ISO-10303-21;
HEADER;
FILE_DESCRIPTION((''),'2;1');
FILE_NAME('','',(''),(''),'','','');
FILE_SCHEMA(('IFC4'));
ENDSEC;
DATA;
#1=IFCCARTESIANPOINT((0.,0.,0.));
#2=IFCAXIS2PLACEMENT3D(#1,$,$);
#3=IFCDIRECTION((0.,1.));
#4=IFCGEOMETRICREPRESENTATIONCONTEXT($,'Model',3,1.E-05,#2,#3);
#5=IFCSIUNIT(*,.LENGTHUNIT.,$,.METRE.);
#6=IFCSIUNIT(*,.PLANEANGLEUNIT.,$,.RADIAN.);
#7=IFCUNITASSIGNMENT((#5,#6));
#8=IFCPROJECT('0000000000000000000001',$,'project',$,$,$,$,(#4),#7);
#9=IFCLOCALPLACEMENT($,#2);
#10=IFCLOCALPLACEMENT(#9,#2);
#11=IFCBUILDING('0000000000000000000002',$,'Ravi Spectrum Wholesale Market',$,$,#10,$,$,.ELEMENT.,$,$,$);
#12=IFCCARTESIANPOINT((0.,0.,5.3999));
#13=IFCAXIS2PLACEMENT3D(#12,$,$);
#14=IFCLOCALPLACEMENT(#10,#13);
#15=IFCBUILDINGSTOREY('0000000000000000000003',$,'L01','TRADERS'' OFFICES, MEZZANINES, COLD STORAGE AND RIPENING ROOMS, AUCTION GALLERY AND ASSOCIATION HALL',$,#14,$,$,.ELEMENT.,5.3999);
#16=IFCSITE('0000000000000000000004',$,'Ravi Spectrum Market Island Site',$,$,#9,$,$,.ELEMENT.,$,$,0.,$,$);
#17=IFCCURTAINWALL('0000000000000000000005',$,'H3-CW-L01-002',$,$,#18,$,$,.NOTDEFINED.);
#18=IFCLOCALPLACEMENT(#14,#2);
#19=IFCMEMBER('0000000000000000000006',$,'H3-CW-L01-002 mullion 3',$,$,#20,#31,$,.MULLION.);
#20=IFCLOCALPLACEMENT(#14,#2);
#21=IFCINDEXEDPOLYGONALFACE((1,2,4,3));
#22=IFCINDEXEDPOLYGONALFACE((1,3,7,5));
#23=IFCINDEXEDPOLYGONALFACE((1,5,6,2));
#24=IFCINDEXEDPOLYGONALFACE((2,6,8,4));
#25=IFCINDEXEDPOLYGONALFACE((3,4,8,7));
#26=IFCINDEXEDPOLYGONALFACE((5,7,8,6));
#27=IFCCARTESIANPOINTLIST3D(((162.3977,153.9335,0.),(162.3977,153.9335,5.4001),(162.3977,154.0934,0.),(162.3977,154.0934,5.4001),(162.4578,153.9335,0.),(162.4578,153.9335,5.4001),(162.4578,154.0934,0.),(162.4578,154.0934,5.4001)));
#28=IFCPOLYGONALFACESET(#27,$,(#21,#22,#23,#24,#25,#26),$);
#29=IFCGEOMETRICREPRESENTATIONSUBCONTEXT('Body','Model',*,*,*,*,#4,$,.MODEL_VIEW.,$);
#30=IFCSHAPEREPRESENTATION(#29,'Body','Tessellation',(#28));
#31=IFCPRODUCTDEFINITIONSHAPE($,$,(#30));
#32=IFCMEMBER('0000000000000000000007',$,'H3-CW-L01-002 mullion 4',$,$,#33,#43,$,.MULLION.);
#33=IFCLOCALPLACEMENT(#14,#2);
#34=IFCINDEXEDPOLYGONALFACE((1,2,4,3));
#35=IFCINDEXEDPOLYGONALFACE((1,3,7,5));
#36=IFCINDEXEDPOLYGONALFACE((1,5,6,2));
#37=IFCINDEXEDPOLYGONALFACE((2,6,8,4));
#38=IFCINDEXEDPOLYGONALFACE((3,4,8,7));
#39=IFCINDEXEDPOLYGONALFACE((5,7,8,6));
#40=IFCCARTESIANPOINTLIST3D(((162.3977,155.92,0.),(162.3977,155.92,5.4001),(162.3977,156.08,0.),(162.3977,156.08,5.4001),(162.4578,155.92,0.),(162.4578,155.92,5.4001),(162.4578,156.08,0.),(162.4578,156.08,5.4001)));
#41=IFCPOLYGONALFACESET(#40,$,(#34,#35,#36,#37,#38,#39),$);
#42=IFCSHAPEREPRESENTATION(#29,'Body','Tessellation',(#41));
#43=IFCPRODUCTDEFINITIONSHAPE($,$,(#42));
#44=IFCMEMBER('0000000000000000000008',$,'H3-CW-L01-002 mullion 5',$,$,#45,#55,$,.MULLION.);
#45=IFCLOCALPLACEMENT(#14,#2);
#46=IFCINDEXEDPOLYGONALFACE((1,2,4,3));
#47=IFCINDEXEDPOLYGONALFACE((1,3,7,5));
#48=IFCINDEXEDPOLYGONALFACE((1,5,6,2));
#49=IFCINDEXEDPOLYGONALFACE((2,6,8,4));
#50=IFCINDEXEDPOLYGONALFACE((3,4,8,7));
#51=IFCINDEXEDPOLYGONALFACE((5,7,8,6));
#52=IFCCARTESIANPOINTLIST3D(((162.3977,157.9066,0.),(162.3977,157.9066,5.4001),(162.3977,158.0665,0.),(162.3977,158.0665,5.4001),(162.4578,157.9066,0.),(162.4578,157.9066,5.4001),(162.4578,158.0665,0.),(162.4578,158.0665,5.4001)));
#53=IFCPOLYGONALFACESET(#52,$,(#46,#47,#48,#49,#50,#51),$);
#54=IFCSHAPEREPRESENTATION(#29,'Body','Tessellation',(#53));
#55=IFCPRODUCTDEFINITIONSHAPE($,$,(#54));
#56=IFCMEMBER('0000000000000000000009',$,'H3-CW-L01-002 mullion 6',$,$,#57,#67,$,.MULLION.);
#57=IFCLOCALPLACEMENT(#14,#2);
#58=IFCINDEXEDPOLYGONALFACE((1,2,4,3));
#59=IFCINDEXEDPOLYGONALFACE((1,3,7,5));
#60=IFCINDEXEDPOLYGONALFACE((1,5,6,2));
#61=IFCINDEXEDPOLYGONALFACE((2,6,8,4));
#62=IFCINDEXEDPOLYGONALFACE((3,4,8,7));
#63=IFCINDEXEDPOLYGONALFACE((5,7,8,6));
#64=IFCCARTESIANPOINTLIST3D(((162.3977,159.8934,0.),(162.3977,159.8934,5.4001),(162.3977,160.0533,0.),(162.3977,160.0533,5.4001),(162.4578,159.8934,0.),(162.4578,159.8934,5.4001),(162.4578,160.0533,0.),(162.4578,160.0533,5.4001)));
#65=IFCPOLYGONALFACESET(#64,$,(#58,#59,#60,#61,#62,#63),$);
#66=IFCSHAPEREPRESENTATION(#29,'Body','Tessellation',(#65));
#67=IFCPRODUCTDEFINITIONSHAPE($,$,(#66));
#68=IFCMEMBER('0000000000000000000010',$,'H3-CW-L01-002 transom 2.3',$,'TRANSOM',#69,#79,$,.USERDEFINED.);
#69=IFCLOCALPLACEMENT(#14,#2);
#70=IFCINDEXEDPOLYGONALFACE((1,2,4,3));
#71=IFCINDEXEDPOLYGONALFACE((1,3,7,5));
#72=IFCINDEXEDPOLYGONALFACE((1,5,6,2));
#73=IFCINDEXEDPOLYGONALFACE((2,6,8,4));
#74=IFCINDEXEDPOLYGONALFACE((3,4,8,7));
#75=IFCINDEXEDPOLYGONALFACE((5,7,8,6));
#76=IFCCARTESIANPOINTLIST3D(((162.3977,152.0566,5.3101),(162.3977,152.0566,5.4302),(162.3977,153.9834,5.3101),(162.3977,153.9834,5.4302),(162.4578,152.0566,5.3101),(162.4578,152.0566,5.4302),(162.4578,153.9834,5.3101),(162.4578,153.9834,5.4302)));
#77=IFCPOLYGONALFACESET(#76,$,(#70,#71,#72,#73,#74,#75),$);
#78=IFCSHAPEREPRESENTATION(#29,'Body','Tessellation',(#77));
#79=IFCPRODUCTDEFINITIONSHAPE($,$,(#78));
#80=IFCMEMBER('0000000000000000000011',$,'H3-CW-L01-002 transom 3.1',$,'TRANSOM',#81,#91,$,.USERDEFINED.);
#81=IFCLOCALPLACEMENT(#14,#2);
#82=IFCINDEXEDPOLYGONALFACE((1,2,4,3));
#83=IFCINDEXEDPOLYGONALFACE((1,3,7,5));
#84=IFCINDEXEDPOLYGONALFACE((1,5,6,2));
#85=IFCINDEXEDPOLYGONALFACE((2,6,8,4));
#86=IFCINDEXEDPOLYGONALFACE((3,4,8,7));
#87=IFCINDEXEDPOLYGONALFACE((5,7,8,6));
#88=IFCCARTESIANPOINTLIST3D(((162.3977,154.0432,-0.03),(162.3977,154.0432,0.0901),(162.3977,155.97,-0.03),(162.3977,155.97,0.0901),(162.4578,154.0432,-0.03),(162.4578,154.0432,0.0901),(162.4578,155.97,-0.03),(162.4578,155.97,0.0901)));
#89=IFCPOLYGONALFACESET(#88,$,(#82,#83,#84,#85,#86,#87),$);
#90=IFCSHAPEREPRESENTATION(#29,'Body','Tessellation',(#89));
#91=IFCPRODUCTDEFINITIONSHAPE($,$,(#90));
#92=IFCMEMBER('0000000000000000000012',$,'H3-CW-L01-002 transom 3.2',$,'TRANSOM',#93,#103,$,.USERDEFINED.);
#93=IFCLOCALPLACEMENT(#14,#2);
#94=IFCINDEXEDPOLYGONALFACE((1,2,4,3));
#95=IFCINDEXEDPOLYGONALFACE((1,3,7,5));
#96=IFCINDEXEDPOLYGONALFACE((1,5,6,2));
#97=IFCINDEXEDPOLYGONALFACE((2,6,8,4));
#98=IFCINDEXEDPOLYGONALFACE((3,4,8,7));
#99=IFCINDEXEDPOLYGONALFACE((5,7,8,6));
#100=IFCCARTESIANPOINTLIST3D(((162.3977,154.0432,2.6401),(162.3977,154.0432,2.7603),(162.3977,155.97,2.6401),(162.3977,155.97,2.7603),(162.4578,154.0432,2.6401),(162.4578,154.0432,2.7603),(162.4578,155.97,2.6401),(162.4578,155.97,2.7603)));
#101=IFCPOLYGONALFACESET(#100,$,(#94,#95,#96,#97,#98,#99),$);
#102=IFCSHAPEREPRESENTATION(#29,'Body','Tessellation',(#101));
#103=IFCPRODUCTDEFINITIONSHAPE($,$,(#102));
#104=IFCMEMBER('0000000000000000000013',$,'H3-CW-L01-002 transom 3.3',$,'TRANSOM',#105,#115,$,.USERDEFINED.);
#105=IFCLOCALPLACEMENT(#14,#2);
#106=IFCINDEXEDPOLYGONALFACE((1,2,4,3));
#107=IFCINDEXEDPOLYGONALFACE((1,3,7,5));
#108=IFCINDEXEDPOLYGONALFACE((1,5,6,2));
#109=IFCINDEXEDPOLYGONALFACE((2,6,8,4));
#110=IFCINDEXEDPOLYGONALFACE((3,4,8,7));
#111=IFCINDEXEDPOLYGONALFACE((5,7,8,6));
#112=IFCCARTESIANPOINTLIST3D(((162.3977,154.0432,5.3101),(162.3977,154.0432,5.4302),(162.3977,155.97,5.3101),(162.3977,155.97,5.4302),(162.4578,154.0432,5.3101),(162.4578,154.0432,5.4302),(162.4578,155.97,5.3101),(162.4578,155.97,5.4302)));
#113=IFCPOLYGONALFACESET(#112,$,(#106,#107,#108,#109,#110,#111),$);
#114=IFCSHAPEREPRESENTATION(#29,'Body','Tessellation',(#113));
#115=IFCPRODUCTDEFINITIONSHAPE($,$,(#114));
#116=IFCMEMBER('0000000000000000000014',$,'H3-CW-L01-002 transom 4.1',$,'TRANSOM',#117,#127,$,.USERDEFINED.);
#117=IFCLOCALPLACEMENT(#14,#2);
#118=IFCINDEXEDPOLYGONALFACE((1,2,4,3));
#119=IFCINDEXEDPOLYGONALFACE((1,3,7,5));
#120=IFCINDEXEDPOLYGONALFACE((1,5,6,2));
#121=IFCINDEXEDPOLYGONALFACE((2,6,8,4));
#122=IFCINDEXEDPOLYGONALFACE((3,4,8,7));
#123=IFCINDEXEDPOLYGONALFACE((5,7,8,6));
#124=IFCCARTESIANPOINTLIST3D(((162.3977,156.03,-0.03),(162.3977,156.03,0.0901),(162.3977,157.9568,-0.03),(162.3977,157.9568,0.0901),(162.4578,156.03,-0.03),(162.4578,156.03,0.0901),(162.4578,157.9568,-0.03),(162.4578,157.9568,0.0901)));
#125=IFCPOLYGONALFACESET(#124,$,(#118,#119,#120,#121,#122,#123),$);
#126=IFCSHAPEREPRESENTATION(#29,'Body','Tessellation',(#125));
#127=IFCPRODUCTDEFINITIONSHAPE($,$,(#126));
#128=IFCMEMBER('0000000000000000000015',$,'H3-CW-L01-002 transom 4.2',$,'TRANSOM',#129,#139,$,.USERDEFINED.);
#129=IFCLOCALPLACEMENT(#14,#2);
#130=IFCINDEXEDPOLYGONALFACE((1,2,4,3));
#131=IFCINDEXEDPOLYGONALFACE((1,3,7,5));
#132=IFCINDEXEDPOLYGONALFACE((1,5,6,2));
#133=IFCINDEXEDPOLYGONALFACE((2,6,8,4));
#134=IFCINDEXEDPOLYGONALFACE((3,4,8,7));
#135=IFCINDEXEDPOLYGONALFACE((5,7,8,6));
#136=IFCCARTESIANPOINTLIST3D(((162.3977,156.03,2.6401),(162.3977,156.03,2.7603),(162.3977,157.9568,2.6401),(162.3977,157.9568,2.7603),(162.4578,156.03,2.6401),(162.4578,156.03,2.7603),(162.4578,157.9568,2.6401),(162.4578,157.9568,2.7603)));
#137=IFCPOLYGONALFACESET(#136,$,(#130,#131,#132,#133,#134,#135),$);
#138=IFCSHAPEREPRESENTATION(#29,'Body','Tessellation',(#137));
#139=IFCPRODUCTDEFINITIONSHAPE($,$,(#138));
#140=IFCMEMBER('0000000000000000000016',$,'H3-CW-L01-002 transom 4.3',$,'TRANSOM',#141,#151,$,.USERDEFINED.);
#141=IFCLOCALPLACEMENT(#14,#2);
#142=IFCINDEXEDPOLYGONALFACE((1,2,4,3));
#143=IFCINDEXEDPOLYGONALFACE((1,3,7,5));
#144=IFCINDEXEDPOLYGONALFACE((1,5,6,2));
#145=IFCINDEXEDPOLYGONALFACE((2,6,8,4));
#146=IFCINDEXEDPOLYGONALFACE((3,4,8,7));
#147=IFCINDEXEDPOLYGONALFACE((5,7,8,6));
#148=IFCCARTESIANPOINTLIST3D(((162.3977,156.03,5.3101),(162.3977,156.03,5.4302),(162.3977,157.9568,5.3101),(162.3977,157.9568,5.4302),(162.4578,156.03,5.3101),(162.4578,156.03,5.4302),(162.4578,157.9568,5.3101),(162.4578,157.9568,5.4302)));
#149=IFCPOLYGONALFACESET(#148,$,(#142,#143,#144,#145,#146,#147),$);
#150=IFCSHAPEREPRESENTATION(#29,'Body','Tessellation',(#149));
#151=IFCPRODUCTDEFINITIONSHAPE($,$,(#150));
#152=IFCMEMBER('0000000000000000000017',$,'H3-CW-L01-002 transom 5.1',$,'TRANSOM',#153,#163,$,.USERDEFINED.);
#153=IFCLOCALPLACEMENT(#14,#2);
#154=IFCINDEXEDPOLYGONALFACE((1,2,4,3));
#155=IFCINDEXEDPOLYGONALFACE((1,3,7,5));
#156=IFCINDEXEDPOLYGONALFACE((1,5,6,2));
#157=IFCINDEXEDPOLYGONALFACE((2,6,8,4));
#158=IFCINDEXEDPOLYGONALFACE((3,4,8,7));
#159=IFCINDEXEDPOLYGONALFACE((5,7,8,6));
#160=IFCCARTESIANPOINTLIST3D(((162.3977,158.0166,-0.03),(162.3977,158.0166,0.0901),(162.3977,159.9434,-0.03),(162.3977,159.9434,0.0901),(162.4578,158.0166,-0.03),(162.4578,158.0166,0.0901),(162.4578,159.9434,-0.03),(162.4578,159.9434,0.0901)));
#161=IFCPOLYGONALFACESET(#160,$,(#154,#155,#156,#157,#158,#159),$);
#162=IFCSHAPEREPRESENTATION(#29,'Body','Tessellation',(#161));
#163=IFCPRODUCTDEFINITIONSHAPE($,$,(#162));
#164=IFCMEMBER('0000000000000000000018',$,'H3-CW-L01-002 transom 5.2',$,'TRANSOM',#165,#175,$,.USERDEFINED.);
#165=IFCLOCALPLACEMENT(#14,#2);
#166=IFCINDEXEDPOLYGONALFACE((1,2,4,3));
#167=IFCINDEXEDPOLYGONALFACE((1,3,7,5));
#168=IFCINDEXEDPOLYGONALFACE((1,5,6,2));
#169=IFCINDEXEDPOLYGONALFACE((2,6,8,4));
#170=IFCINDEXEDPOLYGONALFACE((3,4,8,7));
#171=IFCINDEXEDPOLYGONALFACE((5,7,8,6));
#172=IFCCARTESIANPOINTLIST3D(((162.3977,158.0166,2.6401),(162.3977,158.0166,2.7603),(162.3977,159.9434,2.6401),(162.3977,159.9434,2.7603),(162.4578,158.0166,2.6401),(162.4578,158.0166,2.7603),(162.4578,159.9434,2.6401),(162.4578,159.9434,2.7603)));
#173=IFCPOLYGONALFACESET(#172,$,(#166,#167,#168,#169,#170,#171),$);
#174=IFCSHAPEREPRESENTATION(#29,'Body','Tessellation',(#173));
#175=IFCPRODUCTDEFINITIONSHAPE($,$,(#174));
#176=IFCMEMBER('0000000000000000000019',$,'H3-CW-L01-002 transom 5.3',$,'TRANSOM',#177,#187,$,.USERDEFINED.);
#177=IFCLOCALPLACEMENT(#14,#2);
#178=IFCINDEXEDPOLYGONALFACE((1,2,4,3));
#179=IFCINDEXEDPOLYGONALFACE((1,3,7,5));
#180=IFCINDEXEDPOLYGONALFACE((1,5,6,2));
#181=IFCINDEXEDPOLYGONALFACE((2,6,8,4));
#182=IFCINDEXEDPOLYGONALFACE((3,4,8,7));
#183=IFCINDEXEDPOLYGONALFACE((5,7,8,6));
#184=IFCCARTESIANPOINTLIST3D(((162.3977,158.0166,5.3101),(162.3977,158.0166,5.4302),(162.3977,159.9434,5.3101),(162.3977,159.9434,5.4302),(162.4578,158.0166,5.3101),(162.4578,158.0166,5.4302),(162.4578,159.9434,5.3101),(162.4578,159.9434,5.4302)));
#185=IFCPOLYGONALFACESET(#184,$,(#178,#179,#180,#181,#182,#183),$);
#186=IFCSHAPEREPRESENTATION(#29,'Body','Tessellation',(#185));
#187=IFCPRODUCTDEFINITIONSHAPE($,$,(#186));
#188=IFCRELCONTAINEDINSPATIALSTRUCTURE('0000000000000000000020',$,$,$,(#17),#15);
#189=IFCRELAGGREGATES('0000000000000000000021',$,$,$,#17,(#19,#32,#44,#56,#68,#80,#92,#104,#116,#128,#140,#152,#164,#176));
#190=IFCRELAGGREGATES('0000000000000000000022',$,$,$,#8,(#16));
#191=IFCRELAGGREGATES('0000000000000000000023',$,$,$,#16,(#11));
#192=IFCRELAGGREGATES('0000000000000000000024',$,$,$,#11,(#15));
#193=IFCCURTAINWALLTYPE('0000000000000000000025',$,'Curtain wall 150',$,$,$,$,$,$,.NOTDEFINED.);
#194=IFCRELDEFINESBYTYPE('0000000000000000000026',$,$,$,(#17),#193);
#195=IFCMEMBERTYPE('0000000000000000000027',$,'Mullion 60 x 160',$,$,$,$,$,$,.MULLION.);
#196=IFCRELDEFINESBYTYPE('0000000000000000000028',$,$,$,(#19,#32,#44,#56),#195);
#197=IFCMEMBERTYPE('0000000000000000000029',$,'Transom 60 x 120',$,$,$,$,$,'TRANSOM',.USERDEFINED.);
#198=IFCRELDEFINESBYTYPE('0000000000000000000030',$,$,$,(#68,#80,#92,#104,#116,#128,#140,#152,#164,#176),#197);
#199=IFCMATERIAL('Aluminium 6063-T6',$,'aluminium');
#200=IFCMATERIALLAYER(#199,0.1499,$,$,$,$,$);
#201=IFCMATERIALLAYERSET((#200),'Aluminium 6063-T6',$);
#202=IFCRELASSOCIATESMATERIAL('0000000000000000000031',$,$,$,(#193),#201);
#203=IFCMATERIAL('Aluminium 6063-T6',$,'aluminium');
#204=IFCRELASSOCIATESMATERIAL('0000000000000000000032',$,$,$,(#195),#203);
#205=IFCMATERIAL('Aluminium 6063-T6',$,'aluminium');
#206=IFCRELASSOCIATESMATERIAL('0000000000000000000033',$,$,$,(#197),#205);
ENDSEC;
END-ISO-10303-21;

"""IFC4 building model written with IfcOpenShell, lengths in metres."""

from ifc_helpers import new_model, si_unit, direction, frame, origin, origin_2d, place, context, subcontext, project, spatial, rectangle, extrude, material, layer, layer_set, material_profile, profile_set, type_object, element, aggregate, save


model = new_model("IFC4")

# Units and contexts
model_context = context("Model", 3, precision=1e-05, world=origin(), true_north=direction((0.0, 1.0)))
body_context = subcontext(model_context, "Body", "Model", "MODEL_VIEW")
ifc_project = project(units=[si_unit("LENGTHUNIT", "METRE"), si_unit("PLANEANGLEUNIT", "RADIAN")], contexts=[model_context])

# Site, building, storey
site_placement = place(None, origin())
site = spatial("IfcSite", under=ifc_project, at=site_placement, Name="Ravi Spectrum Market Island Site", CompositionType="ELEMENT", RefElevation=0.0)
building_placement = place(site_placement, origin())
building = spatial("IfcBuilding", under=site, at=building_placement, Name="Ravi Spectrum Wholesale Market", CompositionType="ELEMENT")
storey_placement = place(building_placement, frame((0.0, 0.0, 5.3999)))
storey = spatial("IfcBuildingStorey", under=building, at=storey_placement, Name="L01", Description="TRADERS' OFFICES, MEZZANINES, COLD STORAGE AND RIPENING ROOMS, AUCTION GALLERY AND ASSOCIATION HALL", CompositionType="ELEMENT", Elevation=5.3999)

# Curtain wall, members
ifc_material_1 = material(Name="Aluminium 6063-T6", Category="aluminium")
ifc_layer_1 = layer(ifc_material_1, 0.1499)
ifc_layer_set_1 = layer_set([ifc_layer_1], Name="Aluminium 6063-T6")
curtain_wall_type = type_object("IfcCurtainWallType", Name="Curtain wall 150", PredefinedType="NOTDEFINED", material=ifc_layer_set_1)
curtain_wall_placement = place(storey_placement, origin())
curtain_wall = element("IfcCurtainWall", 1, at=curtain_wall_placement, inside=storey, type_object=curtain_wall_type, Name="H3-CW-L01-002", PredefinedType="NOTDEFINED")
ifc_material_2 = material(Name="Aluminium 6063-T6", Category="aluminium")
ifc_material_profile_1 = material_profile(ifc_material_2, rectangle(XDim=0.0601, YDim=0.1599, at=origin_2d()))
ifc_profile_set_1 = profile_set([ifc_material_profile_1], Name="Aluminium 6063-T6")
member_type_1 = type_object("IfcMemberType", Name="Mullion 60 x 160", PredefinedType="MULLION", material=ifc_profile_set_1)
member_1_placement = place(storey_placement, frame((162.4277, 154.0134, 0.0), z_axis=(0.0, 0.0, 1.0), x_axis=(-1.0, 0.0, 0.0)))
member_1 = element("IfcMember", 2, at=member_1_placement, type_object=member_type_1, Name="H3-CW-L01-002 mullion 3", PredefinedType="MULLION", context=body_context, shape_type="SweptSolid", body=[
    extrude(rectangle(XDim=0.0601, YDim=0.1599, at=origin_2d()), origin(), (0.0, 0.0, 1.0), 5.4001),
])
member_2_placement = place(storey_placement, frame((162.4277, 156.0, 0.0), z_axis=(0.0, 0.0, 1.0), x_axis=(-1.0, 0.0, 0.0)))
member_2 = element("IfcMember", 3, at=member_2_placement, type_object=member_type_1, Name="H3-CW-L01-002 mullion 4", PredefinedType="MULLION", context=body_context, shape_type="SweptSolid", body=[
    extrude(rectangle(XDim=0.0601, YDim=0.1599, at=origin_2d()), origin(), (0.0, 0.0, 1.0), 5.4001),
])
member_3_placement = place(storey_placement, frame((162.4277, 157.9866, 0.0), z_axis=(0.0, 0.0, 1.0), x_axis=(-1.0, 0.0, 0.0)))
member_3 = element("IfcMember", 4, at=member_3_placement, type_object=member_type_1, Name="H3-CW-L01-002 mullion 5", PredefinedType="MULLION", context=body_context, shape_type="SweptSolid", body=[
    extrude(rectangle(XDim=0.0601, YDim=0.1599, at=origin_2d()), origin(), (0.0, 0.0, 1.0), 5.4001),
])
member_4_placement = place(storey_placement, frame((162.4277, 159.9734, 0.0), z_axis=(0.0, 0.0, 1.0), x_axis=(-1.0, 0.0, 0.0)))
member_4 = element("IfcMember", 5, at=member_4_placement, type_object=member_type_1, Name="H3-CW-L01-002 mullion 6", PredefinedType="MULLION", context=body_context, shape_type="SweptSolid", body=[
    extrude(rectangle(XDim=0.0601, YDim=0.1599, at=origin_2d()), origin(), (0.0, 0.0, 1.0), 5.4001),
])
ifc_material_3 = material(Name="Aluminium 6063-T6", Category="aluminium")
ifc_material_profile_2 = material_profile(ifc_material_3, rectangle(XDim=0.0601, YDim=0.1201, at=origin_2d()))
ifc_profile_set_2 = profile_set([ifc_material_profile_2], Name="Aluminium 6063-T6")
member_type_2 = type_object("IfcMemberType", Name="Transom 60 x 120", ElementType="TRANSOM", PredefinedType="USERDEFINED", material=ifc_profile_set_2)
member_5_placement = place(storey_placement, frame((162.4277, 152.0566, 5.3701), z_axis=(0.0, 1.0, 0.0), x_axis=(-1.0, 0.0, 0.0)))
member_5 = element("IfcMember", 6, at=member_5_placement, type_object=member_type_2, Name="H3-CW-L01-002 transom 2.3", ObjectType="TRANSOM", PredefinedType="USERDEFINED", context=body_context, shape_type="SweptSolid", body=[
    extrude(rectangle(XDim=0.0601, YDim=0.1201, at=origin_2d()), origin(), (0.0, 0.0, 1.0), 1.9268),
])
member_6_placement = place(storey_placement, frame((162.4277, 154.0432, 0.03), z_axis=(0.0, 1.0, 0.0), x_axis=(-1.0, 0.0, 0.0)))
member_6 = element("IfcMember", 7, at=member_6_placement, type_object=member_type_2, Name="H3-CW-L01-002 transom 3.1", ObjectType="TRANSOM", PredefinedType="USERDEFINED", context=body_context, shape_type="SweptSolid", body=[
    extrude(rectangle(XDim=0.0601, YDim=0.1201, at=origin_2d()), origin(), (0.0, 0.0, 1.0), 1.9268),
])
member_7_placement = place(storey_placement, frame((162.4277, 154.0432, 2.7002), z_axis=(0.0, 1.0, 0.0), x_axis=(-1.0, 0.0, 0.0)))
member_7 = element("IfcMember", 8, at=member_7_placement, type_object=member_type_2, Name="H3-CW-L01-002 transom 3.2", ObjectType="TRANSOM", PredefinedType="USERDEFINED", context=body_context, shape_type="SweptSolid", body=[
    extrude(rectangle(XDim=0.0601, YDim=0.1201, at=origin_2d()), origin(), (0.0, 0.0, 1.0), 1.9268),
])
member_8_placement = place(storey_placement, frame((162.4277, 154.0432, 5.3701), z_axis=(0.0, 1.0, 0.0), x_axis=(-1.0, 0.0, 0.0)))
member_8 = element("IfcMember", 9, at=member_8_placement, type_object=member_type_2, Name="H3-CW-L01-002 transom 3.3", ObjectType="TRANSOM", PredefinedType="USERDEFINED", context=body_context, shape_type="SweptSolid", body=[
    extrude(rectangle(XDim=0.0601, YDim=0.1201, at=origin_2d()), origin(), (0.0, 0.0, 1.0), 1.9268),
])
member_9_placement = place(storey_placement, frame((162.4277, 156.03, 0.03), z_axis=(0.0, 1.0, 0.0), x_axis=(-1.0, 0.0, 0.0)))
member_9 = element("IfcMember", 10, at=member_9_placement, type_object=member_type_2, Name="H3-CW-L01-002 transom 4.1", ObjectType="TRANSOM", PredefinedType="USERDEFINED", context=body_context, shape_type="SweptSolid", body=[
    extrude(rectangle(XDim=0.0601, YDim=0.1201, at=origin_2d()), origin(), (0.0, 0.0, 1.0), 1.9268),
])
member_10_placement = place(storey_placement, frame((162.4277, 156.03, 2.7002), z_axis=(0.0, 1.0, 0.0), x_axis=(-1.0, 0.0, 0.0)))
member_10 = element("IfcMember", 11, at=member_10_placement, type_object=member_type_2, Name="H3-CW-L01-002 transom 4.2", ObjectType="TRANSOM", PredefinedType="USERDEFINED", context=body_context, shape_type="SweptSolid", body=[
    extrude(rectangle(XDim=0.0601, YDim=0.1201, at=origin_2d()), origin(), (0.0, 0.0, 1.0), 1.9268),
])
member_11_placement = place(storey_placement, frame((162.4277, 156.03, 5.3701), z_axis=(0.0, 1.0, 0.0), x_axis=(-1.0, 0.0, 0.0)))
member_11 = element("IfcMember", 12, at=member_11_placement, type_object=member_type_2, Name="H3-CW-L01-002 transom 4.3", ObjectType="TRANSOM", PredefinedType="USERDEFINED", context=body_context, shape_type="SweptSolid", body=[
    extrude(rectangle(XDim=0.0601, YDim=0.1201, at=origin_2d()), origin(), (0.0, 0.0, 1.0), 1.9268),
])
member_12_placement = place(storey_placement, frame((162.4277, 158.0166, 0.03), z_axis=(0.0, 1.0, 0.0), x_axis=(-1.0, 0.0, 0.0)))
member_12 = element("IfcMember", 13, at=member_12_placement, type_object=member_type_2, Name="H3-CW-L01-002 transom 5.1", ObjectType="TRANSOM", PredefinedType="USERDEFINED", context=body_context, shape_type="SweptSolid", body=[
    extrude(rectangle(XDim=0.0601, YDim=0.1201, at=origin_2d()), origin(), (0.0, 0.0, 1.0), 1.9268),
])
member_13_placement = place(storey_placement, frame((162.4277, 158.0166, 2.7002), z_axis=(0.0, 1.0, 0.0), x_axis=(-1.0, 0.0, 0.0)))
member_13 = element("IfcMember", 14, at=member_13_placement, type_object=member_type_2, Name="H3-CW-L01-002 transom 5.2", ObjectType="TRANSOM", PredefinedType="USERDEFINED", context=body_context, shape_type="SweptSolid", body=[
    extrude(rectangle(XDim=0.0601, YDim=0.1201, at=origin_2d()), origin(), (0.0, 0.0, 1.0), 1.9268),
])
member_14_placement = place(storey_placement, frame((162.4277, 158.0166, 5.3701), z_axis=(0.0, 1.0, 0.0), x_axis=(-1.0, 0.0, 0.0)))
member_14 = element("IfcMember", 15, at=member_14_placement, type_object=member_type_2, Name="H3-CW-L01-002 transom 5.3", ObjectType="TRANSOM", PredefinedType="USERDEFINED", context=body_context, shape_type="SweptSolid", body=[
    extrude(rectangle(XDim=0.0601, YDim=0.1201, at=origin_2d()), origin(), (0.0, 0.0, 1.0), 1.9268),
])
aggregate(curtain_wall, [member_1, member_2, member_3, member_4, member_5, member_6, member_7, member_8, member_9, member_10, member_11, member_12, member_13, member_14])

save(model, "model.ifc")
